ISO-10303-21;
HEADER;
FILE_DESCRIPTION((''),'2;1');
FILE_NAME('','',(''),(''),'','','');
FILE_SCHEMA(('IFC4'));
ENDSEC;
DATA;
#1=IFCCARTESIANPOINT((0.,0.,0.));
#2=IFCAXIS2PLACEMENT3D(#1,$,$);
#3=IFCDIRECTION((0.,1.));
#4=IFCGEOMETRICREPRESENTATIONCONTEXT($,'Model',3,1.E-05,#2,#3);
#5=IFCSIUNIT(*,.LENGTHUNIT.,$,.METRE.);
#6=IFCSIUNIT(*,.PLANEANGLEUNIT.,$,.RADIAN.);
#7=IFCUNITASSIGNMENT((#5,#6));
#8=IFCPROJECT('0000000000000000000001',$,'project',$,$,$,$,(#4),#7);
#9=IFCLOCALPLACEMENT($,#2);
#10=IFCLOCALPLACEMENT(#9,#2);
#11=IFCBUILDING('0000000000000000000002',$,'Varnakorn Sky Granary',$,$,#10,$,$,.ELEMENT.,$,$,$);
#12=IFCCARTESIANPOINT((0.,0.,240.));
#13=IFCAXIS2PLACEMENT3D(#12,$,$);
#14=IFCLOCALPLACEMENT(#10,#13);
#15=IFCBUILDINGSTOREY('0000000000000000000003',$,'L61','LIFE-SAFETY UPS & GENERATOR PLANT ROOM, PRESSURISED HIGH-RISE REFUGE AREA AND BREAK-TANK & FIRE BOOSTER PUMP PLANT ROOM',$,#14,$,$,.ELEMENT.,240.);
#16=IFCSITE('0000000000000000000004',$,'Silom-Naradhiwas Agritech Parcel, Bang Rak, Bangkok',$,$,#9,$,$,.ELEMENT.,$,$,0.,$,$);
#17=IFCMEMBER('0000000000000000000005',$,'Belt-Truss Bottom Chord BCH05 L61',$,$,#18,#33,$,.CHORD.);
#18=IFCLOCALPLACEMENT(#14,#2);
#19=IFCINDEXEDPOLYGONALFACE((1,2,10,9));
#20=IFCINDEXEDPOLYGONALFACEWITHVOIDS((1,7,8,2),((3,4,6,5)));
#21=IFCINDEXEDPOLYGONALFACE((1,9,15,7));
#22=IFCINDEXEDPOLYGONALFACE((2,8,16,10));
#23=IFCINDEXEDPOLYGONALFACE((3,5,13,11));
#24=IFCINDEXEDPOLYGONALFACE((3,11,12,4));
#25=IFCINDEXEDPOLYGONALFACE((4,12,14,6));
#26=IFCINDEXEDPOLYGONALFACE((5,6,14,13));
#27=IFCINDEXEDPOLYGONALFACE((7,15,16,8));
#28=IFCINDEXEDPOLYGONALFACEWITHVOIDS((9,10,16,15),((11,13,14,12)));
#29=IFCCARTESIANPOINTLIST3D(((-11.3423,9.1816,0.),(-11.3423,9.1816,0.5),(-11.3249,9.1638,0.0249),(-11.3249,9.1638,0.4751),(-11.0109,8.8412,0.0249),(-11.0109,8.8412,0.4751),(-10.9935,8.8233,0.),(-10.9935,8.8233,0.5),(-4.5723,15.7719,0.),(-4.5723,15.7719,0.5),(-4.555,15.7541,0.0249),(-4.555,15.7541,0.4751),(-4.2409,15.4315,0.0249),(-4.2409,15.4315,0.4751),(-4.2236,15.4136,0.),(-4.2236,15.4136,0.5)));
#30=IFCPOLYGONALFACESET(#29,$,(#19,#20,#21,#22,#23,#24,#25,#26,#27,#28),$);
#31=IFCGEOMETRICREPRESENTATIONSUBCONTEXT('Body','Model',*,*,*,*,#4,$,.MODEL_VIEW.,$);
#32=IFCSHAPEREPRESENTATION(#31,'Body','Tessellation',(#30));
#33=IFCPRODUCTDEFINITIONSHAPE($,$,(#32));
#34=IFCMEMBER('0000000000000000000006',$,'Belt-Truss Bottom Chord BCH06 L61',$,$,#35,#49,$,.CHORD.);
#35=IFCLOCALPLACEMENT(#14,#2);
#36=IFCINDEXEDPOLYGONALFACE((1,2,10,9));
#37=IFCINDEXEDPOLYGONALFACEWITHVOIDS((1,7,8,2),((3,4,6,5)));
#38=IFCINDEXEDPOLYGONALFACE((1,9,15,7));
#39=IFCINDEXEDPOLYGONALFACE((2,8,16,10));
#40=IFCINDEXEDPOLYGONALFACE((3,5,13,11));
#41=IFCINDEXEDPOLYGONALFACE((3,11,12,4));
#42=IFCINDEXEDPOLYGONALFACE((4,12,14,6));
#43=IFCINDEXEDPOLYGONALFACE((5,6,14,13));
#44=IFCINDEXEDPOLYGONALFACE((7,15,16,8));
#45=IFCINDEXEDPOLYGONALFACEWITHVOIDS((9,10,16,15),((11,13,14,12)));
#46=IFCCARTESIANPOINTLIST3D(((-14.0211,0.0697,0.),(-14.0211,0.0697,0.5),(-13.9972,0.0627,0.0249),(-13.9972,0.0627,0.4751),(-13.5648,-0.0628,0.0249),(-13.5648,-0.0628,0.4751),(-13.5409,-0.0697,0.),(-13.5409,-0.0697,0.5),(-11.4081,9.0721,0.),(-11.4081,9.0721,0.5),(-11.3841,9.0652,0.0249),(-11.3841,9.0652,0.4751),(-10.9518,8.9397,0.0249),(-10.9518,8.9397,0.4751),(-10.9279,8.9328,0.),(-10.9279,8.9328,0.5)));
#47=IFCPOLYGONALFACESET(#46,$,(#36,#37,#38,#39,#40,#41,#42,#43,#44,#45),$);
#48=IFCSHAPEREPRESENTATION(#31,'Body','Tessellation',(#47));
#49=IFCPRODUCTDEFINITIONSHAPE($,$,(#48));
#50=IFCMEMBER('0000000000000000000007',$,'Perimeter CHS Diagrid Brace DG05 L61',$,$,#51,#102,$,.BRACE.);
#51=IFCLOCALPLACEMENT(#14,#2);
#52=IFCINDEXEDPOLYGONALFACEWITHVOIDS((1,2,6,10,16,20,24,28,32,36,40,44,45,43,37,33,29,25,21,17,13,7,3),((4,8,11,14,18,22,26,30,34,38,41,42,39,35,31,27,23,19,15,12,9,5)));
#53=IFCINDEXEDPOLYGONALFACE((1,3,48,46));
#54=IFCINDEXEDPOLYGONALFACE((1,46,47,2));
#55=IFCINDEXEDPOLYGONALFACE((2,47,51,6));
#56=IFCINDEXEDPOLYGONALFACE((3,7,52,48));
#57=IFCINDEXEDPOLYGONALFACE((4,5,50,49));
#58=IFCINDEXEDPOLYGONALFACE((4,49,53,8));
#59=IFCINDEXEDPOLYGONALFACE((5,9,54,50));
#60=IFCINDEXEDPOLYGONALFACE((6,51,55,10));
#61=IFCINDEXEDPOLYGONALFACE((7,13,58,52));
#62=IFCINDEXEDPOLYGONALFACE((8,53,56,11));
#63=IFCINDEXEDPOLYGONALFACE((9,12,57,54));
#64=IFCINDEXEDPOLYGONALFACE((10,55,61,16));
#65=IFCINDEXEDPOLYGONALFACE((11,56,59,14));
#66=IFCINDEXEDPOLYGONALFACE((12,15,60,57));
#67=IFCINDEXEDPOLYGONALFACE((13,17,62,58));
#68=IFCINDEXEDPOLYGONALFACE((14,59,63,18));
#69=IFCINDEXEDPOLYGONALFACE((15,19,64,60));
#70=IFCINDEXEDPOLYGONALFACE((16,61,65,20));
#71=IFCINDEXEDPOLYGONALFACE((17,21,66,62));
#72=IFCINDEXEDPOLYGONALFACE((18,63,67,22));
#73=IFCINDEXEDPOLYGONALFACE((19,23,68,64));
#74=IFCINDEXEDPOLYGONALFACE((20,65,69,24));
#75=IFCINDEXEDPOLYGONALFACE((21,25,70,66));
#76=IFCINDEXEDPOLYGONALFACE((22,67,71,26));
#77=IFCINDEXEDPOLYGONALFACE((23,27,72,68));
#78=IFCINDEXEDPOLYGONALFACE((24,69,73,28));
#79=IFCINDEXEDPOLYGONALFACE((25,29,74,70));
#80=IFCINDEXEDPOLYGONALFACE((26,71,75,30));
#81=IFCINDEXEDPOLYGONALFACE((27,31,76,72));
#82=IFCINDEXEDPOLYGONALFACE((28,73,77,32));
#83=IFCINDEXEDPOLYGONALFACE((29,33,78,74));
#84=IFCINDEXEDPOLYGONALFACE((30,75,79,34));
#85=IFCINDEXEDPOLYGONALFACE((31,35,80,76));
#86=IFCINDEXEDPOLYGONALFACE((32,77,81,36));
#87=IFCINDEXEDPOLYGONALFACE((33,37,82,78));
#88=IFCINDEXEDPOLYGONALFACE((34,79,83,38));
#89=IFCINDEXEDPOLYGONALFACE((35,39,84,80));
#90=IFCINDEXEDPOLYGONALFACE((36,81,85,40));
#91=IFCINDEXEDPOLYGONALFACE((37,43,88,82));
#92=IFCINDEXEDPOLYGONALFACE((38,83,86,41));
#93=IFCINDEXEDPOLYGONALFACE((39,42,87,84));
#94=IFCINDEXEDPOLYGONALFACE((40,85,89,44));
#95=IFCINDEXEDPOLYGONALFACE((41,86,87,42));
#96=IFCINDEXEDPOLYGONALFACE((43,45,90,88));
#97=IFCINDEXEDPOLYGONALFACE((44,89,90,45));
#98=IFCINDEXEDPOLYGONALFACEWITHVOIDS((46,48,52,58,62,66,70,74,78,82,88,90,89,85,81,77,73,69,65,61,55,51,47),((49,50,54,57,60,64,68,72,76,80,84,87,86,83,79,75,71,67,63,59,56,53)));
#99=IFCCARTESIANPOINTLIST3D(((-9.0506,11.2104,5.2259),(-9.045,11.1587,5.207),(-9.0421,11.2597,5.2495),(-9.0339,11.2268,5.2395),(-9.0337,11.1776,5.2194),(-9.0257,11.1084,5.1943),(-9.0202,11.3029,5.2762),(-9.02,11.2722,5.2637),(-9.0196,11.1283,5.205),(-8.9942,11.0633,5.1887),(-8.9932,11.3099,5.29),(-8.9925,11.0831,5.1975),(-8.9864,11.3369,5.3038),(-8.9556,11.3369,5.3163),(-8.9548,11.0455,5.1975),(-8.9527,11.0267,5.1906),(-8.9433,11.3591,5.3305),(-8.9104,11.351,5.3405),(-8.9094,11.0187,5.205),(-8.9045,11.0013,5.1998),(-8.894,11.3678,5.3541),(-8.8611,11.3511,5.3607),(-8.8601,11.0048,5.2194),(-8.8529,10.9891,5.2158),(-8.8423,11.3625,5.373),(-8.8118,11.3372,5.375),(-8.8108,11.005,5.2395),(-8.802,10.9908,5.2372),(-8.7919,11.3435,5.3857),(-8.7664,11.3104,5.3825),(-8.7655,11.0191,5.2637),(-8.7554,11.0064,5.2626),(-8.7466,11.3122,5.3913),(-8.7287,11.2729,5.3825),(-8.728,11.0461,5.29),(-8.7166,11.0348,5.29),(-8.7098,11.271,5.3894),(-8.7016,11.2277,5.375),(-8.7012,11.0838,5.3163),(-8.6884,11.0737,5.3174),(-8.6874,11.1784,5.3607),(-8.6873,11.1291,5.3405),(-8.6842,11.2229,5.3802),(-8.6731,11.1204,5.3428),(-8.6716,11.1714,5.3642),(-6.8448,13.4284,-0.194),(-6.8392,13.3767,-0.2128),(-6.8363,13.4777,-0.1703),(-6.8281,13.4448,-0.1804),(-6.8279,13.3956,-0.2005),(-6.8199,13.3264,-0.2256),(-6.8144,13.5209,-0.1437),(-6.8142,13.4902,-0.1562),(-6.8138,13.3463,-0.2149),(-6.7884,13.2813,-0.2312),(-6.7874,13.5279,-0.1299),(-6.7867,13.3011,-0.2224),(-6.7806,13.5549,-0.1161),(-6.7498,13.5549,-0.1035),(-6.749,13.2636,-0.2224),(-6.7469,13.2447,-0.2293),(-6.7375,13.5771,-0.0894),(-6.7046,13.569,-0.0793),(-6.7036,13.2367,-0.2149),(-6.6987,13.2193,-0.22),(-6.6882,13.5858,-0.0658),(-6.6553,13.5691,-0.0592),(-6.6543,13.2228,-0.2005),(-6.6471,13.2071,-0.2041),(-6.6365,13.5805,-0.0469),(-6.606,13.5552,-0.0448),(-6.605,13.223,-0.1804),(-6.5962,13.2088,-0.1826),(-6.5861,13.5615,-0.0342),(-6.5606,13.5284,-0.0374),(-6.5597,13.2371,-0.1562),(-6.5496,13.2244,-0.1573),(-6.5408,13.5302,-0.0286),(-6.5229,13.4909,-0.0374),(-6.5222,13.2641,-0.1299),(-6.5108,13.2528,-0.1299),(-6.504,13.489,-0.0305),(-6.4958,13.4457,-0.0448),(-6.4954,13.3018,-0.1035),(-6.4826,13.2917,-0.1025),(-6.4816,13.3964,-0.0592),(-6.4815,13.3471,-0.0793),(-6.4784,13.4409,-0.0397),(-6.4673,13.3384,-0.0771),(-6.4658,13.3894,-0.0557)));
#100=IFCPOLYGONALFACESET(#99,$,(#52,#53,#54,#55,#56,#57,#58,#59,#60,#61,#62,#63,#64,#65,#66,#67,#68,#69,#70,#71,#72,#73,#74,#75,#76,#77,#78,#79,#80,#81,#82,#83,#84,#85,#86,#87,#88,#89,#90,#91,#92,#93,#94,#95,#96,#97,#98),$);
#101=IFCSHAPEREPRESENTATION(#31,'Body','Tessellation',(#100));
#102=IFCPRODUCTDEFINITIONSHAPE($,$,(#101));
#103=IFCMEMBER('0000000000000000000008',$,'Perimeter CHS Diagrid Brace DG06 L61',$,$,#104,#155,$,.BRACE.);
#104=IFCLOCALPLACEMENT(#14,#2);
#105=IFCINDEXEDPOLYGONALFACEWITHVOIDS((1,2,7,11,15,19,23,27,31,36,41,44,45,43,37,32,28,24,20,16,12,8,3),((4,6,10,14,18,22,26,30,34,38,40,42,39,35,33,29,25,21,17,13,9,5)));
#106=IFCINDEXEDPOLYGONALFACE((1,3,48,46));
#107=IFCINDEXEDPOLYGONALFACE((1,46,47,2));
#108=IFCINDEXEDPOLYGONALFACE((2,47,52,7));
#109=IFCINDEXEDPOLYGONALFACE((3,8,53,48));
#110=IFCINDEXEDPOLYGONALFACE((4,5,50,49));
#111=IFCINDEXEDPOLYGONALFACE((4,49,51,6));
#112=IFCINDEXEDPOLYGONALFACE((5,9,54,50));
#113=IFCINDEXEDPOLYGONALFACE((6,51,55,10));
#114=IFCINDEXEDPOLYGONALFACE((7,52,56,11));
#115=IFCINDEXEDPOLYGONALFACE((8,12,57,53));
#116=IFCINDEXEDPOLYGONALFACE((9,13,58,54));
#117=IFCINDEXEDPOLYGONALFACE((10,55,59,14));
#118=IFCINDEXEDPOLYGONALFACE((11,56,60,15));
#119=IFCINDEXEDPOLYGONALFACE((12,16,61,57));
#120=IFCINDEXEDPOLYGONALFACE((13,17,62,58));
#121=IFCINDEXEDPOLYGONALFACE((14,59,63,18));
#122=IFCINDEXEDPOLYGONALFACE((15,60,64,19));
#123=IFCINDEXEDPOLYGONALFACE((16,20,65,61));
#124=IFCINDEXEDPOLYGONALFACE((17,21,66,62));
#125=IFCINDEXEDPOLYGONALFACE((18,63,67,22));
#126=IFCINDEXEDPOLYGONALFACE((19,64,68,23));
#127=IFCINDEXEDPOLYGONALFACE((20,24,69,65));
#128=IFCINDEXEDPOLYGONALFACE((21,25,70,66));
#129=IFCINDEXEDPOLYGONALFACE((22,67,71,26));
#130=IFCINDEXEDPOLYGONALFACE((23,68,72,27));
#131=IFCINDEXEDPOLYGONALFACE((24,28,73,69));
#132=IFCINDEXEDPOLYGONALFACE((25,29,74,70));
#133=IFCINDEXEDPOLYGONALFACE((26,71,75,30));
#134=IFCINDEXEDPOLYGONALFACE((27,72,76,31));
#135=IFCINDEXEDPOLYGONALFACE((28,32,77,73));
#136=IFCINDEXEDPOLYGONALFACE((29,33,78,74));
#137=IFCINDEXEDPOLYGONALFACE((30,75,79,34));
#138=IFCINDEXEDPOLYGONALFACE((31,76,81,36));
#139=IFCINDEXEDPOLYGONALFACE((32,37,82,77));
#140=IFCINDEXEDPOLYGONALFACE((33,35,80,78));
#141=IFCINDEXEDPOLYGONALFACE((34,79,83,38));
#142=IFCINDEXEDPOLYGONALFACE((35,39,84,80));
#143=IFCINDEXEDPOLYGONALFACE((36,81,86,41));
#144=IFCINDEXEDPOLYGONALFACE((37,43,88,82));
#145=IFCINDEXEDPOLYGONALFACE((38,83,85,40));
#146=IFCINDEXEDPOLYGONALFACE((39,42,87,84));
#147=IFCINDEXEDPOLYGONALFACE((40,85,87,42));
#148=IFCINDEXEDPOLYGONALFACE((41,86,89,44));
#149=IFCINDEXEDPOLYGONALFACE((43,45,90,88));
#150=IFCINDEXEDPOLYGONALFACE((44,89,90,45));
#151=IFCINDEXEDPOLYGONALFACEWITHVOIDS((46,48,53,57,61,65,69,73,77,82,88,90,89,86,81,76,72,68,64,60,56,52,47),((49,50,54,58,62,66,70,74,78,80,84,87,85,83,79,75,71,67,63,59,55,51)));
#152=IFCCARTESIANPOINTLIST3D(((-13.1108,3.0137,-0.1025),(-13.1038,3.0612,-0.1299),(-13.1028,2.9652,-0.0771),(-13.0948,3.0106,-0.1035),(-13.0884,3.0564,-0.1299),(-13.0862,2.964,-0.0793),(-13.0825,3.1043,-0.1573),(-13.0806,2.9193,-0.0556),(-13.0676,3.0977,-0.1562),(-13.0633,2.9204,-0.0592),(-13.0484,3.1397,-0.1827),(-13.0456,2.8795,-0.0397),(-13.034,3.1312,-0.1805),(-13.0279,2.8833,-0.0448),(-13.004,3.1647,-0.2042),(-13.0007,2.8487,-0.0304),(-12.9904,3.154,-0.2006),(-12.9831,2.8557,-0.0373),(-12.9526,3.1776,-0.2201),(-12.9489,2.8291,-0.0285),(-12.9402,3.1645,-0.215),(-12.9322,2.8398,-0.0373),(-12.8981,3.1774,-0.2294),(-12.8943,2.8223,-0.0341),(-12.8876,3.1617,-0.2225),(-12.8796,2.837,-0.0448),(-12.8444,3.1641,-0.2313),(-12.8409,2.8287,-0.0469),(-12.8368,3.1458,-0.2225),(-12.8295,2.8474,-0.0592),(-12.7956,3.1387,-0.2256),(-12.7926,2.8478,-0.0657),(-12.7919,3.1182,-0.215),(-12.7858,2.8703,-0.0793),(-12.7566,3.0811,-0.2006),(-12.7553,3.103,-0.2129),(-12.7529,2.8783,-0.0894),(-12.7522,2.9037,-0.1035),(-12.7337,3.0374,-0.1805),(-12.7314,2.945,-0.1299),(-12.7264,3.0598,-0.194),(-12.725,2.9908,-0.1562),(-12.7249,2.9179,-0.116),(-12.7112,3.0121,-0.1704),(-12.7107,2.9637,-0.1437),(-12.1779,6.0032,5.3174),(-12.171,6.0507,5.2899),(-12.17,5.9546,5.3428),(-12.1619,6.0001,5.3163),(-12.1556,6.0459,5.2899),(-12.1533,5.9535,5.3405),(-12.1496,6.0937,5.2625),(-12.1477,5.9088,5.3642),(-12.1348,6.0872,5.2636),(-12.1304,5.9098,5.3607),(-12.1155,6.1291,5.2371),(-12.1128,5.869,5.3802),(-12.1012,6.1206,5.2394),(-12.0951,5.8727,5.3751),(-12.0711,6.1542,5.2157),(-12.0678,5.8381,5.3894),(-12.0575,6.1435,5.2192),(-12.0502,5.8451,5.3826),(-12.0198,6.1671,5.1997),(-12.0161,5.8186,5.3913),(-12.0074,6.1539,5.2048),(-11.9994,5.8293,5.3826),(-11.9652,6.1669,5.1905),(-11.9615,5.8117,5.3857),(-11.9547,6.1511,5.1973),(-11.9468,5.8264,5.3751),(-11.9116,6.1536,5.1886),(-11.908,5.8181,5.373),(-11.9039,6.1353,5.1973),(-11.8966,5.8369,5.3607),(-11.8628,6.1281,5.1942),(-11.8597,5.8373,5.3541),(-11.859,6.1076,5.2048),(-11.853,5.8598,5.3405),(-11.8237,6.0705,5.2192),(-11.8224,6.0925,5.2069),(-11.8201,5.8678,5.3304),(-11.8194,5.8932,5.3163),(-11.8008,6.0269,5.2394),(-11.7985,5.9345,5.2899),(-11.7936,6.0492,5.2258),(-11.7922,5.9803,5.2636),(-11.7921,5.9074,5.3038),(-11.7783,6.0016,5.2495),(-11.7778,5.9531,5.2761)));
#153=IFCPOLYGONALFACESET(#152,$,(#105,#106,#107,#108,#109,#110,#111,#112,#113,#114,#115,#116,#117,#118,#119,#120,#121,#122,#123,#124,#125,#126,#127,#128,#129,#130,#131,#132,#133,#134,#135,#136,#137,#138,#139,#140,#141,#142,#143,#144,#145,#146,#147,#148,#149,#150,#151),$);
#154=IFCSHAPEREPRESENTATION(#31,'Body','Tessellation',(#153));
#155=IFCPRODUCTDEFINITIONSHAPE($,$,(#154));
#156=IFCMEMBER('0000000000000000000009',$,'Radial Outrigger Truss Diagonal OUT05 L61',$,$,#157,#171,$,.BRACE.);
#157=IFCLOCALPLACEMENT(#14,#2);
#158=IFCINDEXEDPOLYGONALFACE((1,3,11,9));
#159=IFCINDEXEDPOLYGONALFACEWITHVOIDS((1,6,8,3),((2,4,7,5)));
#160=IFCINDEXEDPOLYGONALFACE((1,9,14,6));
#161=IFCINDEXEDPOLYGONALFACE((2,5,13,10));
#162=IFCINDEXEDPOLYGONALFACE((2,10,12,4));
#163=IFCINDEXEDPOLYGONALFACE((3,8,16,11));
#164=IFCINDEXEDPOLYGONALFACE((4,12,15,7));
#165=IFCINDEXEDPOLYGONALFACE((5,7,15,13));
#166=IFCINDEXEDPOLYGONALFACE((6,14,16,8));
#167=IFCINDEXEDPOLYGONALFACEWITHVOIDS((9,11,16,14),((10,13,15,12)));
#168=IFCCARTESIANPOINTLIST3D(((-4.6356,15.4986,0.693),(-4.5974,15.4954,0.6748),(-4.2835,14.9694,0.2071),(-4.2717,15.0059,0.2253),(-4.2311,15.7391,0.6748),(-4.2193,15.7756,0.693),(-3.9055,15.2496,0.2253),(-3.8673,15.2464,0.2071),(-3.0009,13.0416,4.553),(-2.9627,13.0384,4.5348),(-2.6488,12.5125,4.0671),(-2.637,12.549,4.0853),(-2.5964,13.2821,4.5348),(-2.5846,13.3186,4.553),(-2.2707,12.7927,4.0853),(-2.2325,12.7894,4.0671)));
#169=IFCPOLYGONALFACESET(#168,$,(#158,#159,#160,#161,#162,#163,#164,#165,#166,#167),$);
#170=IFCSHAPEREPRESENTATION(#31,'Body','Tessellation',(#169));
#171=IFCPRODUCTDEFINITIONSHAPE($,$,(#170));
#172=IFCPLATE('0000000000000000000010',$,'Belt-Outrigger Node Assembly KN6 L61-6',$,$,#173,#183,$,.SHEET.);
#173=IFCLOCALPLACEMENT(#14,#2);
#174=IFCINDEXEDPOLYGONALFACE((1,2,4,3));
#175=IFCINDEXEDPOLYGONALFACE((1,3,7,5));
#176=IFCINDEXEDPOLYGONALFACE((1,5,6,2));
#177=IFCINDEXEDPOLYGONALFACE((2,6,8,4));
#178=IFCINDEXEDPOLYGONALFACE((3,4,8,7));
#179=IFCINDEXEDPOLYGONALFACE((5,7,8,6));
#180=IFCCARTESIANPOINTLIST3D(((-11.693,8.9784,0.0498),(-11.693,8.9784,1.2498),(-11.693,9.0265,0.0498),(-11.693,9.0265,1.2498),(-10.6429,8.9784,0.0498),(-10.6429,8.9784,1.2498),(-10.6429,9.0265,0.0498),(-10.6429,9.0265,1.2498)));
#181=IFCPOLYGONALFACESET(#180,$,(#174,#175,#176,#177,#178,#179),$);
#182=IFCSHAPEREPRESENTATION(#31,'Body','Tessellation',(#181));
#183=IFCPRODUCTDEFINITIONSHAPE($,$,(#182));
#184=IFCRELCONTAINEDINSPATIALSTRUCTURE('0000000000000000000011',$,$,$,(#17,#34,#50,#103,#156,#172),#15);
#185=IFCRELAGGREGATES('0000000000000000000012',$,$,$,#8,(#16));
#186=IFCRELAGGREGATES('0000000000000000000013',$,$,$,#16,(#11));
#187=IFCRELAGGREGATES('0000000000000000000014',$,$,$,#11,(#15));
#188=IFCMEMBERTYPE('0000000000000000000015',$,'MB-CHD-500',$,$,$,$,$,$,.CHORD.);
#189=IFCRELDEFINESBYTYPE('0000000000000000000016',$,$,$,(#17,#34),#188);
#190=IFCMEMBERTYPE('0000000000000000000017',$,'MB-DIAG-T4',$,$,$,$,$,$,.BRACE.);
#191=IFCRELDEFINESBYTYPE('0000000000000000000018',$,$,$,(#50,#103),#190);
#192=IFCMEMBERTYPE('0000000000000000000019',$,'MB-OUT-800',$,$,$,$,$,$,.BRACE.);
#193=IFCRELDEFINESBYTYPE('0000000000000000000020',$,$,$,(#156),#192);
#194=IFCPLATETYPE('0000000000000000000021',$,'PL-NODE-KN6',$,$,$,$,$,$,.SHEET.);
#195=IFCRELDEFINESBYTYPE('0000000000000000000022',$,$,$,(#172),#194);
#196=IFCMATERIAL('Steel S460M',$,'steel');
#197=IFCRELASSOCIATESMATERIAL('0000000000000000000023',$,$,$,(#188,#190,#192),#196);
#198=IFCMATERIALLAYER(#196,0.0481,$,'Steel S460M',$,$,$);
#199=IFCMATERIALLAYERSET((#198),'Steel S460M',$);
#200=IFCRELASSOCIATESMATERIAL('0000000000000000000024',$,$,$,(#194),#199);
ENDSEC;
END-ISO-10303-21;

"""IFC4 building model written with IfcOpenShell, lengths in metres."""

from ifc_helpers import new_model, si_unit, direction, frame, origin, origin_2d, place, context, subcontext, project, spatial, rectangle, hollow_rectangle, hollow_circle, extrude, material, layer, layer_set, material_profile, profile_set, type_object, element, save


model = new_model("IFC4")

# Units and contexts
model_context = context("Model", 3, precision=1e-05, world=origin(), true_north=direction((0.0, 1.0)))
body_context = subcontext(model_context, "Body", "Model", "MODEL_VIEW")
ifc_project = project(units=[si_unit("LENGTHUNIT", "METRE"), si_unit("PLANEANGLEUNIT", "RADIAN")], contexts=[model_context])

# Site, building, storey
site_placement = place(None, origin())
site = spatial("IfcSite", under=ifc_project, at=site_placement, Name="Silom-Naradhiwas Agritech Parcel, Bang Rak, Bangkok", CompositionType="ELEMENT", RefElevation=0.0)
building_placement = place(site_placement, origin())
building = spatial("IfcBuilding", under=site, at=building_placement, Name="Varnakorn Sky Granary", CompositionType="ELEMENT")
storey_placement = place(building_placement, frame((0.0, 0.0, 240.0)))
storey = spatial("IfcBuildingStorey", under=building, at=storey_placement, Name="L61", Description="LIFE-SAFETY UPS & GENERATOR PLANT ROOM, PRESSURISED HIGH-RISE REFUGE AREA AND BREAK-TANK & FIRE BOOSTER PUMP PLANT ROOM", CompositionType="ELEMENT", Elevation=240.0)

# Shared definitions
ifc_material_1 = material(Name="Steel S460M", Category="steel")

# Members
ifc_material_profile_1 = material_profile(ifc_material_1, hollow_rectangle(XDim=0.5, YDim=0.5, WallThickness=0.0249, at=origin_2d()), Name="SHS 500x500x25")
ifc_profile_set_1 = profile_set([ifc_material_profile_1], Name="Steel S460M")
member_type_1 = type_object("IfcMemberType", Name="MB-CHD-500", PredefinedType="CHORD", material=ifc_profile_set_1)
member_1_placement = place(storey_placement, frame((-4.3979, 15.5928, 0.25), z_axis=(-0.716552, -0.697534, 0.0), x_axis=(0.697534, -0.716552, 0.0)))
element("IfcMember", 1, at=member_1_placement, inside=storey, type_object=member_type_1, Name="Belt-Truss Bottom Chord BCH05 L61", PredefinedType="CHORD", context=body_context, shape_type="SweptSolid", body=[
    extrude(hollow_rectangle(XDim=0.5, YDim=0.5, WallThickness=0.0249, at=origin_2d()), origin(), (0.0, 0.0, 1.0), 9.448),
])
member_2_placement = place(storey_placement, frame((-11.168, 9.0024, 0.25), z_axis=(-0.278754, -0.960363, 0.0), x_axis=(0.960363, -0.278754, 0.0)))
element("IfcMember", 2, at=member_2_placement, inside=storey, type_object=member_type_1, Name="Belt-Truss Bottom Chord BCH06 L61", PredefinedType="CHORD", context=body_context, shape_type="SweptSolid", body=[
    extrude(hollow_rectangle(XDim=0.5, YDim=0.5, WallThickness=0.0249, at=origin_2d()), origin(), (0.0, 0.0, 1.0), 9.374),
])
ifc_material_profile_2 = material_profile(ifc_material_1, hollow_circle(Radius=0.2031, WallThickness=0.0161, at=origin_2d()), Name="CHS 406.4x16")
ifc_profile_set_2 = profile_set([ifc_material_profile_2], Name="Steel S460M")
member_type_2 = type_object("IfcMemberType", Name="MB-DIAG-T4", PredefinedType="BRACE", material=ifc_profile_set_2)
member_3_placement = place(storey_placement, frame((-6.6548, 13.396, -0.1299), z_axis=(-0.352487, -0.354437, 0.866099), x_axis=(0.709055, -0.705153, 0.0)))
element("IfcMember", 3, at=member_3_placement, inside=storey, type_object=member_type_2, Name="Perimeter CHS Diagrid Brace DG05 L61", PredefinedType="BRACE", context=body_context, shape_type="SweptSolid", body=[
    extrude(hollow_circle(Radius=0.2031, WallThickness=0.0161, at=origin_2d()), origin(), (0.0, 0.0, 1.0), 6.2578),
])
member_4_placement = place(storey_placement, frame((-12.9099, 3.0007, -0.1299), z_axis=(0.149028, 0.477585, 0.865854), x_axis=(-0.954603, 0.29788, 0.0)))
element("IfcMember", 4, at=member_4_placement, inside=storey, type_object=member_type_2, Name="Perimeter CHS Diagrid Brace DG06 L61", PredefinedType="BRACE", context=body_context, shape_type="SweptSolid", body=[
    extrude(hollow_circle(Radius=0.2031, WallThickness=0.0161, at=origin_2d()), origin(), (0.0, 0.0, 1.0), 6.2595),
])
ifc_material_profile_3 = material_profile(ifc_material_1, hollow_rectangle(XDim=0.5, YDim=0.8, WallThickness=0.03, at=origin_2d()), Name="RHS 500x800x30")
ifc_profile_set_3 = profile_set([ifc_material_profile_3], Name="Steel S460M")
member_type_3 = type_object("IfcMemberType", Name="MB-OUT-800", PredefinedType="BRACE", material=ifc_profile_set_3)
member_5_placement = place(storey_placement, frame((-2.6167, 12.9155, 4.3101), z_axis=(-0.336441, 0.505666, -0.794424), x_axis=(-0.832559, -0.553936, 0.0)))
element("IfcMember", 5, at=member_5_placement, inside=storey, type_object=member_type_3, Name="Radial Outrigger Truss Diagonal OUT05 L61", PredefinedType="BRACE", context=body_context, shape_type="SweptSolid", body=[
    extrude(hollow_rectangle(XDim=0.5, YDim=0.8, WallThickness=0.03, at=origin_2d()), origin(), (0.0, 0.0, 1.0), 4.8589),
])

# Plate
ifc_layer_1 = layer(ifc_material_1, 0.0481, Name="Steel S460M")
ifc_layer_set_1 = layer_set([ifc_layer_1], Name="Steel S460M")
plate_type_1 = type_object("IfcPlateType", Name="PL-NODE-KN6", PredefinedType="SHEET", material=ifc_layer_set_1)
plate_placement = place(storey_placement, frame((-11.168, 9.0024, 0.0498), z_axis=(0.0, 0.0, 1.0), x_axis=(1.0, 0.0, 0.0)))
element("IfcPlate", 6, at=plate_placement, inside=storey, type_object=plate_type_1, Name="Belt-Outrigger Node Assembly KN6 L61-6", PredefinedType="SHEET", context=body_context, shape_type="SweptSolid", body=[
    extrude(rectangle(XDim=1.05, YDim=0.0481, at=origin_2d()), origin(), (0.0, 0.0, 1.0), 1.2),
])

save(model, "model.ifc")
